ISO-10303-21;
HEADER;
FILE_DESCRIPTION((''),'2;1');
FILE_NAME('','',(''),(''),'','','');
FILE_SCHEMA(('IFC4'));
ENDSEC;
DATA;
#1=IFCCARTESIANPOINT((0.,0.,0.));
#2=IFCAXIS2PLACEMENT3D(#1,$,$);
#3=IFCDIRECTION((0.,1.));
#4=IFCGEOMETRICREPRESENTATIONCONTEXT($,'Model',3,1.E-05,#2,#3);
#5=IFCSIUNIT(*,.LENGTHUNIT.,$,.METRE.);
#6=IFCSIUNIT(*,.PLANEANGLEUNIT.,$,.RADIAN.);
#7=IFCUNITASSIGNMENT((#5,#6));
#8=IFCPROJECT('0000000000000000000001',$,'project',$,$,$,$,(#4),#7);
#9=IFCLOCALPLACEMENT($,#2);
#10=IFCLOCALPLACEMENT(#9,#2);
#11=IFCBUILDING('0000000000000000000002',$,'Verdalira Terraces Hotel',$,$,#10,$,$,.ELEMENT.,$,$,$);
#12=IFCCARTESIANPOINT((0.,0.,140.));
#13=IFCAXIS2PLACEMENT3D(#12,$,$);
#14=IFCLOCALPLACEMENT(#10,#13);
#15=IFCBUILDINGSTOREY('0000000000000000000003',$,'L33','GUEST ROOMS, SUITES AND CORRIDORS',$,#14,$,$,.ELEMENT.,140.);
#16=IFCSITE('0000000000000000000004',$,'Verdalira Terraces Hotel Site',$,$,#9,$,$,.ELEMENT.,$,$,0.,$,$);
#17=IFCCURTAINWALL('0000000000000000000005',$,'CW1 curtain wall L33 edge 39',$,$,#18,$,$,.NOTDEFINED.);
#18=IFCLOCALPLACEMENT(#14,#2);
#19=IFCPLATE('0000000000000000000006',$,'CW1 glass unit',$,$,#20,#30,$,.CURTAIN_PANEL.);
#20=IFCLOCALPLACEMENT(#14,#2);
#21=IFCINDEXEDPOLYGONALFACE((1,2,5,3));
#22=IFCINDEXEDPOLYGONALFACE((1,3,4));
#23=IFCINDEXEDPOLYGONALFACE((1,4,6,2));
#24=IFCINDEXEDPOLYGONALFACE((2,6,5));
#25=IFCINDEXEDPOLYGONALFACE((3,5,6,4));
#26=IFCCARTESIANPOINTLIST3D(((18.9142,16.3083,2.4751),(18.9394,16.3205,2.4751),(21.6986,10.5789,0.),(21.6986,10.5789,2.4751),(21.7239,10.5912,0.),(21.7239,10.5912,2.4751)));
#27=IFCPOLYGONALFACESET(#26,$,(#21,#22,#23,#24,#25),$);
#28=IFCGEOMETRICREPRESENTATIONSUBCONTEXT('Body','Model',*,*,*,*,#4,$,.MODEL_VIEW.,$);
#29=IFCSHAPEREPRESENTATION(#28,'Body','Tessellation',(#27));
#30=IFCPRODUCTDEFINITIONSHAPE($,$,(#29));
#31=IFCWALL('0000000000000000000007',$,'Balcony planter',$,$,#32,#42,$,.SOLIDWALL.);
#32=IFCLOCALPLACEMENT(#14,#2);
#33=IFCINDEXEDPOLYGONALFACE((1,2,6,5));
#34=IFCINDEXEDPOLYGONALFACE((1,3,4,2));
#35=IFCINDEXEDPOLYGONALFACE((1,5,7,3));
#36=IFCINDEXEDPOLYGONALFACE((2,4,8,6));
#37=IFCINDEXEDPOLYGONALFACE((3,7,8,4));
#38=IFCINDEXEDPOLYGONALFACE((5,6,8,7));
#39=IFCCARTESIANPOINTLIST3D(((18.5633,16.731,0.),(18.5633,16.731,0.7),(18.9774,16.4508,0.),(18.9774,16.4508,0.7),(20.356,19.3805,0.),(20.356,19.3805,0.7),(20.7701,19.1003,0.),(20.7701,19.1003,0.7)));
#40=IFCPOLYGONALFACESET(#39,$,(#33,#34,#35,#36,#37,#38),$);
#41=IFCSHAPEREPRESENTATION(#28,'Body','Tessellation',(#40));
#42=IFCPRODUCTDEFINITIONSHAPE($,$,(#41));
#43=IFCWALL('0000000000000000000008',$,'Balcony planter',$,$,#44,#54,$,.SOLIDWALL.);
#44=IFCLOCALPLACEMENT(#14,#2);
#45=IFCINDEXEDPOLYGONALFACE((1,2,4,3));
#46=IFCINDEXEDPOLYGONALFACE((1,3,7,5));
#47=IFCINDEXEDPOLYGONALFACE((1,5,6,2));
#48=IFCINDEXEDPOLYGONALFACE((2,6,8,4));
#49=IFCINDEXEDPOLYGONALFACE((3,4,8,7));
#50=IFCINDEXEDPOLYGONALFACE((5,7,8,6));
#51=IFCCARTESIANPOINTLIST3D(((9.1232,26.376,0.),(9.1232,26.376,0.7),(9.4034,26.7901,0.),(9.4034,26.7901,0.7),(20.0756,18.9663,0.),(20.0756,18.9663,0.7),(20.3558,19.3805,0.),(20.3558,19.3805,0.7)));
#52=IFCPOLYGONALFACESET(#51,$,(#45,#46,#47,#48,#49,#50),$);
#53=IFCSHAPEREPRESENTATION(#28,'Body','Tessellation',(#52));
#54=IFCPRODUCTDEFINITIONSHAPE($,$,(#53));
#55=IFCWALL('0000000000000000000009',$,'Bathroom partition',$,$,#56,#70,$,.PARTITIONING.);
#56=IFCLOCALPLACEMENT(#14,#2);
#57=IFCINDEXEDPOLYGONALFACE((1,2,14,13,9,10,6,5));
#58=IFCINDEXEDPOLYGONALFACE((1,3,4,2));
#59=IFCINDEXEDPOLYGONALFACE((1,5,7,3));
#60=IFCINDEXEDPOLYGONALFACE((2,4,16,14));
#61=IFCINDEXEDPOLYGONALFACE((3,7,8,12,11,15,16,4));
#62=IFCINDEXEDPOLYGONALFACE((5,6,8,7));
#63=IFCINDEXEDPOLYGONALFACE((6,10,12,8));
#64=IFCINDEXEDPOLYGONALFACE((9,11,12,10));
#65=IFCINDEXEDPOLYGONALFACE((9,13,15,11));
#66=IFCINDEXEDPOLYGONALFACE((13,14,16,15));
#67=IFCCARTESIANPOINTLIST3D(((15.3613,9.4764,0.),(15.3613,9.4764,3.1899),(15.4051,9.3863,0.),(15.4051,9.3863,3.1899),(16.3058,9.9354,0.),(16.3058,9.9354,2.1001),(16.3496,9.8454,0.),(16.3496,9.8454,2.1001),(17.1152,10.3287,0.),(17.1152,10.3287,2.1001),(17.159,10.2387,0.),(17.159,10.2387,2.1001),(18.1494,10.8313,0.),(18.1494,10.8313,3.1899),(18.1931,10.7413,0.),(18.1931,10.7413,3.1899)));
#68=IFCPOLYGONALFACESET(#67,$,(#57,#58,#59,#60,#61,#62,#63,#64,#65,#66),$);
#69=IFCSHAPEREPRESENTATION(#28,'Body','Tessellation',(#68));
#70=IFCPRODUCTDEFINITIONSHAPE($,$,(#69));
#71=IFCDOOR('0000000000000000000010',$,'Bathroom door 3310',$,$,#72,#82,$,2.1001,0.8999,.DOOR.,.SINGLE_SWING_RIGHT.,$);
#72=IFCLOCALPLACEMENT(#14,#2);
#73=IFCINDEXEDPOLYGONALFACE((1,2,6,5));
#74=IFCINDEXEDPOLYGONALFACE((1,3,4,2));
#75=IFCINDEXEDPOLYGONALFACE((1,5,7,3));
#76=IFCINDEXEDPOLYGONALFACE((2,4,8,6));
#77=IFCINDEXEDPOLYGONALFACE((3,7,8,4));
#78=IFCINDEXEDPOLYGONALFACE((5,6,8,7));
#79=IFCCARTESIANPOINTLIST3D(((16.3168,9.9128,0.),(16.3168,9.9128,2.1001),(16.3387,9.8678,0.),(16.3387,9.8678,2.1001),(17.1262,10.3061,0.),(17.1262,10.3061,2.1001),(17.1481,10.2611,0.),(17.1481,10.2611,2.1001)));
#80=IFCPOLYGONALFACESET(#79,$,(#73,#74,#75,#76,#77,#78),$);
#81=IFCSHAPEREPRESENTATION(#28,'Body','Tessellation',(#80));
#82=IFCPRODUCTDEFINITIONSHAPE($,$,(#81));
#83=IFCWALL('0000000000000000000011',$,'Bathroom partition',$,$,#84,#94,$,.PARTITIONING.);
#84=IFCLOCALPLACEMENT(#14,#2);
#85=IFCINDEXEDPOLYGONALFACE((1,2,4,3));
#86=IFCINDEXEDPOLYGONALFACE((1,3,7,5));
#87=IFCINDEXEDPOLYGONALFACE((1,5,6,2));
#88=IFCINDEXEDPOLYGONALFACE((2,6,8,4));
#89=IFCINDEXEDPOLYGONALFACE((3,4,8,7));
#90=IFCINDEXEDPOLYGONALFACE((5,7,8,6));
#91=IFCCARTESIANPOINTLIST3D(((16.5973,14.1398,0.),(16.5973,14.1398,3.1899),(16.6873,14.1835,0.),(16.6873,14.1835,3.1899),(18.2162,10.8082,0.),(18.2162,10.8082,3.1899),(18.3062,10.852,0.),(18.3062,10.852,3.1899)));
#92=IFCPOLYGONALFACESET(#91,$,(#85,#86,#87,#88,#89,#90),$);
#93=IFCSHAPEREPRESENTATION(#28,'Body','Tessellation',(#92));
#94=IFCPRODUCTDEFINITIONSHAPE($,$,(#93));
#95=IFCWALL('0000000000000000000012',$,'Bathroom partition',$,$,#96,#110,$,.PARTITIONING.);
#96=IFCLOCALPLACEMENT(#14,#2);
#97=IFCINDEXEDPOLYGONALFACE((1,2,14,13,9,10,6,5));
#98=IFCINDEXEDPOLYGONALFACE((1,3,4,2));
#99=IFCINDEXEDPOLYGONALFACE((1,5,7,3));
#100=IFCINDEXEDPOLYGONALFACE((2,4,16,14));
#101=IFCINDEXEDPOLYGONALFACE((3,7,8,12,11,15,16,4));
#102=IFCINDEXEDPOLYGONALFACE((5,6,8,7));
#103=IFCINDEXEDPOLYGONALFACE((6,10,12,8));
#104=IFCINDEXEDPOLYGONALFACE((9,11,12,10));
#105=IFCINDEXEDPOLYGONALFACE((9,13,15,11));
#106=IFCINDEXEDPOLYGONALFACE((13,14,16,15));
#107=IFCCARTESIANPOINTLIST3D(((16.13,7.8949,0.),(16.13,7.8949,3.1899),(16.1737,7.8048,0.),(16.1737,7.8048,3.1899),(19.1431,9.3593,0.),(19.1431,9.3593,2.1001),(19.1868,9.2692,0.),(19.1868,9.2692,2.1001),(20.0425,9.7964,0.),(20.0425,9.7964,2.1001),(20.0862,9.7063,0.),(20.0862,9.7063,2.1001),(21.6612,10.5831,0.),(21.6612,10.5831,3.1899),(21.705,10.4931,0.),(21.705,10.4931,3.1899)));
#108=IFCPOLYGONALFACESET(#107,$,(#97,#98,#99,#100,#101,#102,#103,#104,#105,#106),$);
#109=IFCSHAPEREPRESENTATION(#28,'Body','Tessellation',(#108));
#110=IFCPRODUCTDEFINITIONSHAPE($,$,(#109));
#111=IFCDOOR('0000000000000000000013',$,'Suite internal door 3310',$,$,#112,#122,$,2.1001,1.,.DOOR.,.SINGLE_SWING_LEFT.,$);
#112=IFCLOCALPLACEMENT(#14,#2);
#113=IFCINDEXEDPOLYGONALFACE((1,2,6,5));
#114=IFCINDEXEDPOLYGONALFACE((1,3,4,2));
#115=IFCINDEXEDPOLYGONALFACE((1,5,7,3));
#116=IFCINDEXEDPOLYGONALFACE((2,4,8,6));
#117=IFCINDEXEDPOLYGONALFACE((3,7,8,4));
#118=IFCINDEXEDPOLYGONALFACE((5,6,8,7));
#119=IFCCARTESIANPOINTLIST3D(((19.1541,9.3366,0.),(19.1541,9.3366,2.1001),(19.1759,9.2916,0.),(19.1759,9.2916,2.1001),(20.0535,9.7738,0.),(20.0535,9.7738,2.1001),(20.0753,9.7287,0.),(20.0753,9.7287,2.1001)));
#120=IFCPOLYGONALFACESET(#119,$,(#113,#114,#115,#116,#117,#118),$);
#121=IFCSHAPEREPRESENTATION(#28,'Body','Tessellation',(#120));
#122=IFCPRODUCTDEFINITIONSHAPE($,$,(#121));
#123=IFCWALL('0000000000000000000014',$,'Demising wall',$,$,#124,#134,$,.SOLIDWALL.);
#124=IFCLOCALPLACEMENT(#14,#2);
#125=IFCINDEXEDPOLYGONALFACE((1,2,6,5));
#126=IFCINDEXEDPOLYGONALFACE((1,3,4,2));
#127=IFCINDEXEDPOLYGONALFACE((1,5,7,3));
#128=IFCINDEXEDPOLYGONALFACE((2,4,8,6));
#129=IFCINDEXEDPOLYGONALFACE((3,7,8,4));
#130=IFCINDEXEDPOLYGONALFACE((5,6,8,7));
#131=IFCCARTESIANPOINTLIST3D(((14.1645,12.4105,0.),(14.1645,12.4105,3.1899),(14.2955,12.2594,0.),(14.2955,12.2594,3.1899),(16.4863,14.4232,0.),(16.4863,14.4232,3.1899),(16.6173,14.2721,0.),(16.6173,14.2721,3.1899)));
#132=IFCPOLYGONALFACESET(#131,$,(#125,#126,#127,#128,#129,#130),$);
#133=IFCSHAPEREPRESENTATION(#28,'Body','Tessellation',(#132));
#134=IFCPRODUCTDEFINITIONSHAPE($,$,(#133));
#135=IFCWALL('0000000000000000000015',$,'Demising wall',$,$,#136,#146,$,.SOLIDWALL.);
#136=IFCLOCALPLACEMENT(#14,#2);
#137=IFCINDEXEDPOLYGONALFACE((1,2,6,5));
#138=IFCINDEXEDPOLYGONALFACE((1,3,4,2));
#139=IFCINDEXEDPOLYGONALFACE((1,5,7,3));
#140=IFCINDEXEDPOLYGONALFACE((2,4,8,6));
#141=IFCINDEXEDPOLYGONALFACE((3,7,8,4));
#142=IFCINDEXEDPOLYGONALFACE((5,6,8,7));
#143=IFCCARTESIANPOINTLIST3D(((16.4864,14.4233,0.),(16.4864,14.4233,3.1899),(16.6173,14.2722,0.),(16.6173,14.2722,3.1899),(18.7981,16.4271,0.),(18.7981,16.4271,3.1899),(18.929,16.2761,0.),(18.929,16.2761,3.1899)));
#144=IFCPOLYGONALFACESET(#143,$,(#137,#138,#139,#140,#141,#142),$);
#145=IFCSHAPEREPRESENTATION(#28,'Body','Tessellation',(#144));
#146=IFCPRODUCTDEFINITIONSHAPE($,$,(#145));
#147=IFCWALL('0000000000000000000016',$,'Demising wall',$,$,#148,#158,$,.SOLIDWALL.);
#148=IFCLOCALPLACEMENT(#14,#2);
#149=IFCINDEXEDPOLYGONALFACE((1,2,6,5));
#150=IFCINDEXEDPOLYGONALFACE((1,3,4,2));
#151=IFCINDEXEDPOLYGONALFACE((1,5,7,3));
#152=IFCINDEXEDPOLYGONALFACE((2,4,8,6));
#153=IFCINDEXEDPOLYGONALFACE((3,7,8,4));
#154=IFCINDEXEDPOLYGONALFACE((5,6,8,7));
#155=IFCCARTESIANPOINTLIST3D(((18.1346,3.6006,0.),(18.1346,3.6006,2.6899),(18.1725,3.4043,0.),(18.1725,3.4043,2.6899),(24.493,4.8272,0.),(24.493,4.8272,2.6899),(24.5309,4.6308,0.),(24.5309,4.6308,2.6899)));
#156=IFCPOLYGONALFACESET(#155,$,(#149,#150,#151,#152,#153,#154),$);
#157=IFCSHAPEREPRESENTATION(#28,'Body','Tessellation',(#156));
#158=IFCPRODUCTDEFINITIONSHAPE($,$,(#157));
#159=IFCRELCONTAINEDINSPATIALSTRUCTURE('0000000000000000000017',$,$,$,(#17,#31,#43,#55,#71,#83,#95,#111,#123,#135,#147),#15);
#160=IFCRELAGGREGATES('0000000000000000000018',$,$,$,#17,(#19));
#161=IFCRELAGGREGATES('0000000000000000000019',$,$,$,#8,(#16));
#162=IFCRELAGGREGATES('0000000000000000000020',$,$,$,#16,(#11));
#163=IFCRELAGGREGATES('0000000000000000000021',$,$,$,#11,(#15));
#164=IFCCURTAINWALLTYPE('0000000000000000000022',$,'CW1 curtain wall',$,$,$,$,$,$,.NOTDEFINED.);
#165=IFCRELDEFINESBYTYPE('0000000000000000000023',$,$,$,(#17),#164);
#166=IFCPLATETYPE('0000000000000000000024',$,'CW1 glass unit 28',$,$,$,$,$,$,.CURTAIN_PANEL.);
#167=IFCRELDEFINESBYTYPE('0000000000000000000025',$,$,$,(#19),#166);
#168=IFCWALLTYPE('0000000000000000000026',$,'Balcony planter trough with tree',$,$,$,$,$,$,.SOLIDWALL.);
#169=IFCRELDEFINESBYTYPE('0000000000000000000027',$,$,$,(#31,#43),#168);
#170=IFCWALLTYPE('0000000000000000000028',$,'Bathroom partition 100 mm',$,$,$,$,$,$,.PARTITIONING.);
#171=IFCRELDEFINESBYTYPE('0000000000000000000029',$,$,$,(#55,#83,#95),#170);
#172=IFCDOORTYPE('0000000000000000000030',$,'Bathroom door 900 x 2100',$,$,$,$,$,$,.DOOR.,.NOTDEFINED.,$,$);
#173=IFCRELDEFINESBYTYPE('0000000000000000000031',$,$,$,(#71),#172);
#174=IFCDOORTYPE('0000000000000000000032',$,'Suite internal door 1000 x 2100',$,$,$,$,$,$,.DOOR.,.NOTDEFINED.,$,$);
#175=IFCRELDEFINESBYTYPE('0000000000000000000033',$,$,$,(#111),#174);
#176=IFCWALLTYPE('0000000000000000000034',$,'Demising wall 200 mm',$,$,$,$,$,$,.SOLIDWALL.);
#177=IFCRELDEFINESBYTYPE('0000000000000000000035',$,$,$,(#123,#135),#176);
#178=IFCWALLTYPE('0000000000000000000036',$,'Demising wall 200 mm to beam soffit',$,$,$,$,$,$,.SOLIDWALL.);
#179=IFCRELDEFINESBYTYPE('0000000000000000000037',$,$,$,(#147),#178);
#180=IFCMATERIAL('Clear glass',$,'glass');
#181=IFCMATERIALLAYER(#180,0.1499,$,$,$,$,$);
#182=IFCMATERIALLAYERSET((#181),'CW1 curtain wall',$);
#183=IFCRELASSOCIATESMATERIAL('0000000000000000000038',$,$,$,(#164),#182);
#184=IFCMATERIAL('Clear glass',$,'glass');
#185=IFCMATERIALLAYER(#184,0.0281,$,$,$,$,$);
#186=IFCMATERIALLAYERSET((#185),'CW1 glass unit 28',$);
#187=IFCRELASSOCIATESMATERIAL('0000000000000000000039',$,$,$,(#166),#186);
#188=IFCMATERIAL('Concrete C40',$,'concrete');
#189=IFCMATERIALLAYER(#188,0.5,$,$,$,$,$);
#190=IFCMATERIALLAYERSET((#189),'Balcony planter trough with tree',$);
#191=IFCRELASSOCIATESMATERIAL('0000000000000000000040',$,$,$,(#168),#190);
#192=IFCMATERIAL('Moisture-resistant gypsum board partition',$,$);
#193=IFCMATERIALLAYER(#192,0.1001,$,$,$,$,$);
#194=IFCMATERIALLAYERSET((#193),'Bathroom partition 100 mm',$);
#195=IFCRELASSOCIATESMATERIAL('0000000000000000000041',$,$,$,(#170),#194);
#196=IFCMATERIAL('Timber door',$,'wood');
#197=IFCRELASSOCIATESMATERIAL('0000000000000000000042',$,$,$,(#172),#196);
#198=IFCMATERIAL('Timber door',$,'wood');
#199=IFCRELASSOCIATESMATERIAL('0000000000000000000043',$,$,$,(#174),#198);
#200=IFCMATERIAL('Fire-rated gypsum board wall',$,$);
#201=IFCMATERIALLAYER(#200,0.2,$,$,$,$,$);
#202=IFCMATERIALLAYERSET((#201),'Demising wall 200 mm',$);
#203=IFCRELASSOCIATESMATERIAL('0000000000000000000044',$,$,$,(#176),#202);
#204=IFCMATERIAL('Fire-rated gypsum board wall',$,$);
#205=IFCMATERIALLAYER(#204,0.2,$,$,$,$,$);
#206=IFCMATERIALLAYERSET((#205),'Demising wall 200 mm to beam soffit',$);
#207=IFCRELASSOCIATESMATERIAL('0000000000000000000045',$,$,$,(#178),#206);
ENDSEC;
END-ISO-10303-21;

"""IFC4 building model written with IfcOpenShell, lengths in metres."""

from ifc_helpers import new_model, si_unit, direction, frame, frame_2d, origin, place, context, subcontext, project, spatial, polyline, rectangle, outline, extrude, material, layer, layer_set, type_object, element, fill, aggregate, save


model = new_model("IFC4")

# Units and contexts
model_context = context("Model", 3, precision=1e-05, world=origin(), true_north=direction((0.0, 1.0)))
body_context = subcontext(model_context, "Body", "Model", "MODEL_VIEW")
ifc_project = project(units=[si_unit("LENGTHUNIT", "METRE"), si_unit("PLANEANGLEUNIT", "RADIAN")], contexts=[model_context])

# Site, building, storey
site_placement = place(None, origin())
site = spatial("IfcSite", under=ifc_project, at=site_placement, Name="Verdalira Terraces Hotel Site", CompositionType="ELEMENT", RefElevation=0.0)
building_placement = place(site_placement, origin())
building = spatial("IfcBuilding", under=site, at=building_placement, Name="Verdalira Terraces Hotel", CompositionType="ELEMENT")
storey_placement = place(building_placement, frame((0.0, 0.0, 140.0)))
storey = spatial("IfcBuildingStorey", under=building, at=storey_placement, Name="L33", Description="GUEST ROOMS, SUITES AND CORRIDORS", CompositionType="ELEMENT", Elevation=140.0)

# Curtain wall
ifc_material_1 = material(Name="Clear glass", Category="glass")
ifc_layer_1 = layer(ifc_material_1, 0.1499)
ifc_layer_set_1 = layer_set([ifc_layer_1], Name="CW1 curtain wall")
curtain_wall_type = type_object("IfcCurtainWallType", Name="CW1 curtain wall", PredefinedType="NOTDEFINED", material=ifc_layer_set_1)
curtain_wall_1_placement = place(storey_placement, origin())
curtain_wall_1 = element("IfcCurtainWall", 1, at=curtain_wall_1_placement, inside=storey, type_object=curtain_wall_type, Name="CW1 curtain wall L33 edge 39", PredefinedType="NOTDEFINED")

# Plate
ifc_material_2 = material(Name="Clear glass", Category="glass")
ifc_layer_2 = layer(ifc_material_2, 0.0281)
ifc_layer_set_2 = layer_set([ifc_layer_2], Name="CW1 glass unit 28")
plate_type = type_object("IfcPlateType", Name="CW1 glass unit 28", PredefinedType="CURTAIN_PANEL", material=ifc_layer_set_2)
plate_1_placement = place(storey_placement, frame((20.3064, 13.4436, 1.2375), z_axis=(0.899405, 0.437116, 0.0), x_axis=(-0.437116, 0.899405, 0.0)))
plate_1 = element("IfcPlate", 2, at=plate_1_placement, type_object=plate_type, Name="CW1 glass unit", PredefinedType="CURTAIN_PANEL", context=body_context, shape_type="SweptSolid", body=[
    extrude(outline(polyline([(-3.1851, -1.2375), (3.1851, 1.2375), (-3.1851, 1.2375), (-3.1851, -1.2375)])), origin(), (0.0, 0.0, 1.0), 0.0281),
])
aggregate(curtain_wall_1, [plate_1])

# Walls
ifc_material_3 = material(Name="Concrete C40", Category="concrete")
ifc_layer_3 = layer(ifc_material_3, 0.5)
ifc_layer_set_3 = layer_set([ifc_layer_3], Name="Balcony planter trough with tree")
wall_type_1 = type_object("IfcWallType", Name="Balcony planter trough with tree", PredefinedType="SOLIDWALL", material=ifc_layer_set_3)
wall_1_placement = place(storey_placement, frame((18.7703, 16.5908, 0.0), z_axis=(0.0, 0.0, 1.0), x_axis=(0.560411, 0.828215, 0.0)))
element("IfcWall", 3, at=wall_1_placement, inside=storey, type_object=wall_type_1, Name="Balcony planter", PredefinedType="SOLIDWALL", context=body_context, shape_type="SweptSolid", body=[
    extrude(rectangle(XDim=3.199, YDim=0.5, at=frame_2d((1.5996, 0.0))), origin(), (0.0, 0.0, 1.0), 0.7),
])
wall_2_placement = place(storey_placement, frame((20.2158, 19.1733, 0.0), z_axis=(0.0, 0.0, 1.0), x_axis=(-0.828259, 0.560346, 0.0)))
element("IfcWall", 4, at=wall_2_placement, inside=storey, type_object=wall_type_1, Name="Balcony planter", PredefinedType="SOLIDWALL", context=body_context, shape_type="SweptSolid", body=[
    extrude(rectangle(XDim=13.2234, YDim=0.5, at=frame_2d((6.6118, 0.0))), origin(), (0.0, 0.0, 1.0), 0.7),
])

# Wall, opening, door
ifc_material_4 = material(Name="Moisture-resistant gypsum board partition")
ifc_layer_4 = layer(ifc_material_4, 0.1001)
ifc_layer_set_4 = layer_set([ifc_layer_4], Name="Bathroom partition 100 mm")
wall_type_2 = type_object("IfcWallType", Name="Bathroom partition 100 mm", PredefinedType="PARTITIONING", material=ifc_layer_set_4)
wall_3_placement = place(storey_placement, frame((15.3833, 9.4314, 0.0), z_axis=(0.0, 0.0, 1.0), x_axis=(0.899411, 0.437104, 0.0)))
wall_3 = element("IfcWall", 5, at=wall_3_placement, inside=storey, type_object=wall_type_2, Name="Bathroom partition", PredefinedType="PARTITIONING", context=body_context, shape_type="SweptSolid", body=[
    extrude(rectangle(XDim=3.0999, YDim=0.1001, at=frame_2d((1.5498, 0.0))), origin(), (0.0, 0.0, 1.0), 3.1899),
])
opening_1_placement = place(wall_3_placement, frame((1.05, 0.0, 0.0)))
opening_1 = element("IfcOpeningElement", 6, at=opening_1_placement, cuts=wall_3, PredefinedType="OPENING", context=body_context, shape_type="SweptSolid", body=[
    extrude(rectangle(XDim=0.8999, YDim=2.1001, at=frame_2d((0.45, 1.05))), frame((0.0, 0.0601, 0.0), z_axis=(0.0, -1.0, 0.0), x_axis=(1.0, 0.0, 0.0)), (0.0, 0.0, 1.0), 0.1201),
])
ifc_material_5 = material(Name="Timber door", Category="wood")
door_type_1 = type_object("IfcDoorType", Name="Bathroom door 900 x 2100", OperationType="NOTDEFINED", PredefinedType="DOOR", material=ifc_material_5)
door_1_placement = place(opening_1_placement, origin())
door_1 = element("IfcDoor", 7, at=door_1_placement, inside=storey, type_object=door_type_1, Name="Bathroom door 3310", OperationType="SINGLE_SWING_RIGHT", OverallHeight=2.1001, OverallWidth=0.8999, PredefinedType="DOOR", context=body_context, shape_type="SweptSolid", body=[
    extrude(rectangle(XDim=0.8999, YDim=2.1001, at=frame_2d((0.45, 1.05))), frame((0.0, 0.0249, 0.0), z_axis=(0.0, -1.0, 0.0), x_axis=(1.0, 0.0, 0.0)), (0.0, 0.0, 1.0), 0.05),
])
fill(opening_1, door_1)

# Wall
wall_4_placement = place(storey_placement, frame((18.2612, 10.8301, 0.0), z_axis=(0.0, 0.0, 1.0), x_axis=(-0.437061, 0.899432, 0.0)))
element("IfcWall", 8, at=wall_4_placement, inside=storey, type_object=wall_type_2, Name="Bathroom partition", PredefinedType="PARTITIONING", context=body_context, shape_type="SweptSolid", body=[
    extrude(rectangle(XDim=3.7041, YDim=0.1001, at=frame_2d((1.8521, 0.0))), origin(), (0.0, 0.0, 1.0), 3.1899),
])

# Wall, opening, door
wall_5_placement = place(storey_placement, frame((16.1519, 7.8499, 0.0), z_axis=(0.0, 0.0, 1.0), x_axis=(0.899404, 0.437118, 0.0)))
wall_5 = element("IfcWall", 9, at=wall_5_placement, inside=storey, type_object=wall_type_2, Name="Bathroom partition", PredefinedType="PARTITIONING", context=body_context, shape_type="SweptSolid", body=[
    extrude(rectangle(XDim=6.1499, YDim=0.1001, at=frame_2d((3.075, 0.0))), origin(), (0.0, 0.0, 1.0), 3.1899),
])
opening_2_placement = place(wall_5_placement, frame((3.3501, 0.0, 0.0)))
opening_2 = element("IfcOpeningElement", 10, at=opening_2_placement, cuts=wall_5, PredefinedType="OPENING", context=body_context, shape_type="SweptSolid", body=[
    extrude(rectangle(XDim=1.0, YDim=2.1001, at=frame_2d((0.5, 1.05))), frame((0.0, 0.0601, 0.0), z_axis=(0.0, -1.0, 0.0), x_axis=(1.0, 0.0, 0.0)), (0.0, 0.0, 1.0), 0.1201),
])
ifc_material_6 = material(Name="Timber door", Category="wood")
door_type_2 = type_object("IfcDoorType", Name="Suite internal door 1000 x 2100", OperationType="NOTDEFINED", PredefinedType="DOOR", material=ifc_material_6)
door_2_placement = place(opening_2_placement, origin())
door_2 = element("IfcDoor", 11, at=door_2_placement, inside=storey, type_object=door_type_2, Name="Suite internal door 3310", OperationType="SINGLE_SWING_LEFT", OverallHeight=2.1001, OverallWidth=1.0, PredefinedType="DOOR", context=body_context, shape_type="SweptSolid", body=[
    extrude(rectangle(XDim=1.0, YDim=2.1001, at=frame_2d((0.5, 1.05))), frame((0.0, 0.0249, 0.0), z_axis=(0.0, -1.0, 0.0), x_axis=(1.0, 0.0, 0.0)), (0.0, 0.0, 1.0), 0.05),
])
fill(opening_2, door_2)

# Walls
ifc_material_7 = material(Name="Fire-rated gypsum board wall")
ifc_layer_5 = layer(ifc_material_7, 0.2)
ifc_layer_set_5 = layer_set([ifc_layer_5], Name="Demising wall 200 mm")
wall_type_3 = type_object("IfcWallType", Name="Demising wall 200 mm", PredefinedType="SOLIDWALL", material=ifc_layer_set_5)
wall_6_placement = place(storey_placement, frame((14.23, 12.335, 0.0), z_axis=(0.0, 0.0, 1.0), x_axis=(0.75561, 0.655021, 0.0)))
element("IfcWall", 12, at=wall_6_placement, inside=storey, type_object=wall_type_3, Name="Demising wall", PredefinedType="SOLIDWALL", context=body_context, shape_type="SweptSolid", body=[
    extrude(rectangle(XDim=3.0728, YDim=0.2, at=frame_2d((1.5364, 0.0))), origin(), (0.0, 0.0, 1.0), 3.1899),
])
wall_7_placement = place(storey_placement, frame((16.5518, 14.3477, 0.0), z_axis=(0.0, 0.0, 1.0), x_axis=(0.755629, 0.655, 0.0)))
element("IfcWall", 13, at=wall_7_placement, inside=storey, type_object=wall_type_3, Name="Demising wall", PredefinedType="SOLIDWALL", context=body_context, shape_type="SweptSolid", body=[
    extrude(rectangle(XDim=3.0593, YDim=0.2, at=frame_2d((1.5298, 0.0))), origin(), (0.0, 0.0, 1.0), 3.1899),
])
ifc_material_8 = material(Name="Fire-rated gypsum board wall")
ifc_layer_6 = layer(ifc_material_8, 0.2)
ifc_layer_set_6 = layer_set([ifc_layer_6], Name="Demising wall 200 mm to beam soffit")
wall_type_4 = type_object("IfcWallType", Name="Demising wall 200 mm to beam soffit", PredefinedType="SOLIDWALL", material=ifc_layer_set_6)
wall_8_placement = place(storey_placement, frame((18.1536, 3.5024, 0.0), z_axis=(0.0, 0.0, 1.0), x_axis=(0.981898, 0.189412, 0.0)))
element("IfcWall", 14, at=wall_8_placement, inside=storey, type_object=wall_type_4, Name="Demising wall", PredefinedType="SOLIDWALL", context=body_context, shape_type="SweptSolid", body=[
    extrude(rectangle(XDim=6.4756, YDim=0.2, at=frame_2d((3.2378, 0.0))), origin(), (0.0, 0.0, 1.0), 2.6899),
])

save(model, "model.ifc")
